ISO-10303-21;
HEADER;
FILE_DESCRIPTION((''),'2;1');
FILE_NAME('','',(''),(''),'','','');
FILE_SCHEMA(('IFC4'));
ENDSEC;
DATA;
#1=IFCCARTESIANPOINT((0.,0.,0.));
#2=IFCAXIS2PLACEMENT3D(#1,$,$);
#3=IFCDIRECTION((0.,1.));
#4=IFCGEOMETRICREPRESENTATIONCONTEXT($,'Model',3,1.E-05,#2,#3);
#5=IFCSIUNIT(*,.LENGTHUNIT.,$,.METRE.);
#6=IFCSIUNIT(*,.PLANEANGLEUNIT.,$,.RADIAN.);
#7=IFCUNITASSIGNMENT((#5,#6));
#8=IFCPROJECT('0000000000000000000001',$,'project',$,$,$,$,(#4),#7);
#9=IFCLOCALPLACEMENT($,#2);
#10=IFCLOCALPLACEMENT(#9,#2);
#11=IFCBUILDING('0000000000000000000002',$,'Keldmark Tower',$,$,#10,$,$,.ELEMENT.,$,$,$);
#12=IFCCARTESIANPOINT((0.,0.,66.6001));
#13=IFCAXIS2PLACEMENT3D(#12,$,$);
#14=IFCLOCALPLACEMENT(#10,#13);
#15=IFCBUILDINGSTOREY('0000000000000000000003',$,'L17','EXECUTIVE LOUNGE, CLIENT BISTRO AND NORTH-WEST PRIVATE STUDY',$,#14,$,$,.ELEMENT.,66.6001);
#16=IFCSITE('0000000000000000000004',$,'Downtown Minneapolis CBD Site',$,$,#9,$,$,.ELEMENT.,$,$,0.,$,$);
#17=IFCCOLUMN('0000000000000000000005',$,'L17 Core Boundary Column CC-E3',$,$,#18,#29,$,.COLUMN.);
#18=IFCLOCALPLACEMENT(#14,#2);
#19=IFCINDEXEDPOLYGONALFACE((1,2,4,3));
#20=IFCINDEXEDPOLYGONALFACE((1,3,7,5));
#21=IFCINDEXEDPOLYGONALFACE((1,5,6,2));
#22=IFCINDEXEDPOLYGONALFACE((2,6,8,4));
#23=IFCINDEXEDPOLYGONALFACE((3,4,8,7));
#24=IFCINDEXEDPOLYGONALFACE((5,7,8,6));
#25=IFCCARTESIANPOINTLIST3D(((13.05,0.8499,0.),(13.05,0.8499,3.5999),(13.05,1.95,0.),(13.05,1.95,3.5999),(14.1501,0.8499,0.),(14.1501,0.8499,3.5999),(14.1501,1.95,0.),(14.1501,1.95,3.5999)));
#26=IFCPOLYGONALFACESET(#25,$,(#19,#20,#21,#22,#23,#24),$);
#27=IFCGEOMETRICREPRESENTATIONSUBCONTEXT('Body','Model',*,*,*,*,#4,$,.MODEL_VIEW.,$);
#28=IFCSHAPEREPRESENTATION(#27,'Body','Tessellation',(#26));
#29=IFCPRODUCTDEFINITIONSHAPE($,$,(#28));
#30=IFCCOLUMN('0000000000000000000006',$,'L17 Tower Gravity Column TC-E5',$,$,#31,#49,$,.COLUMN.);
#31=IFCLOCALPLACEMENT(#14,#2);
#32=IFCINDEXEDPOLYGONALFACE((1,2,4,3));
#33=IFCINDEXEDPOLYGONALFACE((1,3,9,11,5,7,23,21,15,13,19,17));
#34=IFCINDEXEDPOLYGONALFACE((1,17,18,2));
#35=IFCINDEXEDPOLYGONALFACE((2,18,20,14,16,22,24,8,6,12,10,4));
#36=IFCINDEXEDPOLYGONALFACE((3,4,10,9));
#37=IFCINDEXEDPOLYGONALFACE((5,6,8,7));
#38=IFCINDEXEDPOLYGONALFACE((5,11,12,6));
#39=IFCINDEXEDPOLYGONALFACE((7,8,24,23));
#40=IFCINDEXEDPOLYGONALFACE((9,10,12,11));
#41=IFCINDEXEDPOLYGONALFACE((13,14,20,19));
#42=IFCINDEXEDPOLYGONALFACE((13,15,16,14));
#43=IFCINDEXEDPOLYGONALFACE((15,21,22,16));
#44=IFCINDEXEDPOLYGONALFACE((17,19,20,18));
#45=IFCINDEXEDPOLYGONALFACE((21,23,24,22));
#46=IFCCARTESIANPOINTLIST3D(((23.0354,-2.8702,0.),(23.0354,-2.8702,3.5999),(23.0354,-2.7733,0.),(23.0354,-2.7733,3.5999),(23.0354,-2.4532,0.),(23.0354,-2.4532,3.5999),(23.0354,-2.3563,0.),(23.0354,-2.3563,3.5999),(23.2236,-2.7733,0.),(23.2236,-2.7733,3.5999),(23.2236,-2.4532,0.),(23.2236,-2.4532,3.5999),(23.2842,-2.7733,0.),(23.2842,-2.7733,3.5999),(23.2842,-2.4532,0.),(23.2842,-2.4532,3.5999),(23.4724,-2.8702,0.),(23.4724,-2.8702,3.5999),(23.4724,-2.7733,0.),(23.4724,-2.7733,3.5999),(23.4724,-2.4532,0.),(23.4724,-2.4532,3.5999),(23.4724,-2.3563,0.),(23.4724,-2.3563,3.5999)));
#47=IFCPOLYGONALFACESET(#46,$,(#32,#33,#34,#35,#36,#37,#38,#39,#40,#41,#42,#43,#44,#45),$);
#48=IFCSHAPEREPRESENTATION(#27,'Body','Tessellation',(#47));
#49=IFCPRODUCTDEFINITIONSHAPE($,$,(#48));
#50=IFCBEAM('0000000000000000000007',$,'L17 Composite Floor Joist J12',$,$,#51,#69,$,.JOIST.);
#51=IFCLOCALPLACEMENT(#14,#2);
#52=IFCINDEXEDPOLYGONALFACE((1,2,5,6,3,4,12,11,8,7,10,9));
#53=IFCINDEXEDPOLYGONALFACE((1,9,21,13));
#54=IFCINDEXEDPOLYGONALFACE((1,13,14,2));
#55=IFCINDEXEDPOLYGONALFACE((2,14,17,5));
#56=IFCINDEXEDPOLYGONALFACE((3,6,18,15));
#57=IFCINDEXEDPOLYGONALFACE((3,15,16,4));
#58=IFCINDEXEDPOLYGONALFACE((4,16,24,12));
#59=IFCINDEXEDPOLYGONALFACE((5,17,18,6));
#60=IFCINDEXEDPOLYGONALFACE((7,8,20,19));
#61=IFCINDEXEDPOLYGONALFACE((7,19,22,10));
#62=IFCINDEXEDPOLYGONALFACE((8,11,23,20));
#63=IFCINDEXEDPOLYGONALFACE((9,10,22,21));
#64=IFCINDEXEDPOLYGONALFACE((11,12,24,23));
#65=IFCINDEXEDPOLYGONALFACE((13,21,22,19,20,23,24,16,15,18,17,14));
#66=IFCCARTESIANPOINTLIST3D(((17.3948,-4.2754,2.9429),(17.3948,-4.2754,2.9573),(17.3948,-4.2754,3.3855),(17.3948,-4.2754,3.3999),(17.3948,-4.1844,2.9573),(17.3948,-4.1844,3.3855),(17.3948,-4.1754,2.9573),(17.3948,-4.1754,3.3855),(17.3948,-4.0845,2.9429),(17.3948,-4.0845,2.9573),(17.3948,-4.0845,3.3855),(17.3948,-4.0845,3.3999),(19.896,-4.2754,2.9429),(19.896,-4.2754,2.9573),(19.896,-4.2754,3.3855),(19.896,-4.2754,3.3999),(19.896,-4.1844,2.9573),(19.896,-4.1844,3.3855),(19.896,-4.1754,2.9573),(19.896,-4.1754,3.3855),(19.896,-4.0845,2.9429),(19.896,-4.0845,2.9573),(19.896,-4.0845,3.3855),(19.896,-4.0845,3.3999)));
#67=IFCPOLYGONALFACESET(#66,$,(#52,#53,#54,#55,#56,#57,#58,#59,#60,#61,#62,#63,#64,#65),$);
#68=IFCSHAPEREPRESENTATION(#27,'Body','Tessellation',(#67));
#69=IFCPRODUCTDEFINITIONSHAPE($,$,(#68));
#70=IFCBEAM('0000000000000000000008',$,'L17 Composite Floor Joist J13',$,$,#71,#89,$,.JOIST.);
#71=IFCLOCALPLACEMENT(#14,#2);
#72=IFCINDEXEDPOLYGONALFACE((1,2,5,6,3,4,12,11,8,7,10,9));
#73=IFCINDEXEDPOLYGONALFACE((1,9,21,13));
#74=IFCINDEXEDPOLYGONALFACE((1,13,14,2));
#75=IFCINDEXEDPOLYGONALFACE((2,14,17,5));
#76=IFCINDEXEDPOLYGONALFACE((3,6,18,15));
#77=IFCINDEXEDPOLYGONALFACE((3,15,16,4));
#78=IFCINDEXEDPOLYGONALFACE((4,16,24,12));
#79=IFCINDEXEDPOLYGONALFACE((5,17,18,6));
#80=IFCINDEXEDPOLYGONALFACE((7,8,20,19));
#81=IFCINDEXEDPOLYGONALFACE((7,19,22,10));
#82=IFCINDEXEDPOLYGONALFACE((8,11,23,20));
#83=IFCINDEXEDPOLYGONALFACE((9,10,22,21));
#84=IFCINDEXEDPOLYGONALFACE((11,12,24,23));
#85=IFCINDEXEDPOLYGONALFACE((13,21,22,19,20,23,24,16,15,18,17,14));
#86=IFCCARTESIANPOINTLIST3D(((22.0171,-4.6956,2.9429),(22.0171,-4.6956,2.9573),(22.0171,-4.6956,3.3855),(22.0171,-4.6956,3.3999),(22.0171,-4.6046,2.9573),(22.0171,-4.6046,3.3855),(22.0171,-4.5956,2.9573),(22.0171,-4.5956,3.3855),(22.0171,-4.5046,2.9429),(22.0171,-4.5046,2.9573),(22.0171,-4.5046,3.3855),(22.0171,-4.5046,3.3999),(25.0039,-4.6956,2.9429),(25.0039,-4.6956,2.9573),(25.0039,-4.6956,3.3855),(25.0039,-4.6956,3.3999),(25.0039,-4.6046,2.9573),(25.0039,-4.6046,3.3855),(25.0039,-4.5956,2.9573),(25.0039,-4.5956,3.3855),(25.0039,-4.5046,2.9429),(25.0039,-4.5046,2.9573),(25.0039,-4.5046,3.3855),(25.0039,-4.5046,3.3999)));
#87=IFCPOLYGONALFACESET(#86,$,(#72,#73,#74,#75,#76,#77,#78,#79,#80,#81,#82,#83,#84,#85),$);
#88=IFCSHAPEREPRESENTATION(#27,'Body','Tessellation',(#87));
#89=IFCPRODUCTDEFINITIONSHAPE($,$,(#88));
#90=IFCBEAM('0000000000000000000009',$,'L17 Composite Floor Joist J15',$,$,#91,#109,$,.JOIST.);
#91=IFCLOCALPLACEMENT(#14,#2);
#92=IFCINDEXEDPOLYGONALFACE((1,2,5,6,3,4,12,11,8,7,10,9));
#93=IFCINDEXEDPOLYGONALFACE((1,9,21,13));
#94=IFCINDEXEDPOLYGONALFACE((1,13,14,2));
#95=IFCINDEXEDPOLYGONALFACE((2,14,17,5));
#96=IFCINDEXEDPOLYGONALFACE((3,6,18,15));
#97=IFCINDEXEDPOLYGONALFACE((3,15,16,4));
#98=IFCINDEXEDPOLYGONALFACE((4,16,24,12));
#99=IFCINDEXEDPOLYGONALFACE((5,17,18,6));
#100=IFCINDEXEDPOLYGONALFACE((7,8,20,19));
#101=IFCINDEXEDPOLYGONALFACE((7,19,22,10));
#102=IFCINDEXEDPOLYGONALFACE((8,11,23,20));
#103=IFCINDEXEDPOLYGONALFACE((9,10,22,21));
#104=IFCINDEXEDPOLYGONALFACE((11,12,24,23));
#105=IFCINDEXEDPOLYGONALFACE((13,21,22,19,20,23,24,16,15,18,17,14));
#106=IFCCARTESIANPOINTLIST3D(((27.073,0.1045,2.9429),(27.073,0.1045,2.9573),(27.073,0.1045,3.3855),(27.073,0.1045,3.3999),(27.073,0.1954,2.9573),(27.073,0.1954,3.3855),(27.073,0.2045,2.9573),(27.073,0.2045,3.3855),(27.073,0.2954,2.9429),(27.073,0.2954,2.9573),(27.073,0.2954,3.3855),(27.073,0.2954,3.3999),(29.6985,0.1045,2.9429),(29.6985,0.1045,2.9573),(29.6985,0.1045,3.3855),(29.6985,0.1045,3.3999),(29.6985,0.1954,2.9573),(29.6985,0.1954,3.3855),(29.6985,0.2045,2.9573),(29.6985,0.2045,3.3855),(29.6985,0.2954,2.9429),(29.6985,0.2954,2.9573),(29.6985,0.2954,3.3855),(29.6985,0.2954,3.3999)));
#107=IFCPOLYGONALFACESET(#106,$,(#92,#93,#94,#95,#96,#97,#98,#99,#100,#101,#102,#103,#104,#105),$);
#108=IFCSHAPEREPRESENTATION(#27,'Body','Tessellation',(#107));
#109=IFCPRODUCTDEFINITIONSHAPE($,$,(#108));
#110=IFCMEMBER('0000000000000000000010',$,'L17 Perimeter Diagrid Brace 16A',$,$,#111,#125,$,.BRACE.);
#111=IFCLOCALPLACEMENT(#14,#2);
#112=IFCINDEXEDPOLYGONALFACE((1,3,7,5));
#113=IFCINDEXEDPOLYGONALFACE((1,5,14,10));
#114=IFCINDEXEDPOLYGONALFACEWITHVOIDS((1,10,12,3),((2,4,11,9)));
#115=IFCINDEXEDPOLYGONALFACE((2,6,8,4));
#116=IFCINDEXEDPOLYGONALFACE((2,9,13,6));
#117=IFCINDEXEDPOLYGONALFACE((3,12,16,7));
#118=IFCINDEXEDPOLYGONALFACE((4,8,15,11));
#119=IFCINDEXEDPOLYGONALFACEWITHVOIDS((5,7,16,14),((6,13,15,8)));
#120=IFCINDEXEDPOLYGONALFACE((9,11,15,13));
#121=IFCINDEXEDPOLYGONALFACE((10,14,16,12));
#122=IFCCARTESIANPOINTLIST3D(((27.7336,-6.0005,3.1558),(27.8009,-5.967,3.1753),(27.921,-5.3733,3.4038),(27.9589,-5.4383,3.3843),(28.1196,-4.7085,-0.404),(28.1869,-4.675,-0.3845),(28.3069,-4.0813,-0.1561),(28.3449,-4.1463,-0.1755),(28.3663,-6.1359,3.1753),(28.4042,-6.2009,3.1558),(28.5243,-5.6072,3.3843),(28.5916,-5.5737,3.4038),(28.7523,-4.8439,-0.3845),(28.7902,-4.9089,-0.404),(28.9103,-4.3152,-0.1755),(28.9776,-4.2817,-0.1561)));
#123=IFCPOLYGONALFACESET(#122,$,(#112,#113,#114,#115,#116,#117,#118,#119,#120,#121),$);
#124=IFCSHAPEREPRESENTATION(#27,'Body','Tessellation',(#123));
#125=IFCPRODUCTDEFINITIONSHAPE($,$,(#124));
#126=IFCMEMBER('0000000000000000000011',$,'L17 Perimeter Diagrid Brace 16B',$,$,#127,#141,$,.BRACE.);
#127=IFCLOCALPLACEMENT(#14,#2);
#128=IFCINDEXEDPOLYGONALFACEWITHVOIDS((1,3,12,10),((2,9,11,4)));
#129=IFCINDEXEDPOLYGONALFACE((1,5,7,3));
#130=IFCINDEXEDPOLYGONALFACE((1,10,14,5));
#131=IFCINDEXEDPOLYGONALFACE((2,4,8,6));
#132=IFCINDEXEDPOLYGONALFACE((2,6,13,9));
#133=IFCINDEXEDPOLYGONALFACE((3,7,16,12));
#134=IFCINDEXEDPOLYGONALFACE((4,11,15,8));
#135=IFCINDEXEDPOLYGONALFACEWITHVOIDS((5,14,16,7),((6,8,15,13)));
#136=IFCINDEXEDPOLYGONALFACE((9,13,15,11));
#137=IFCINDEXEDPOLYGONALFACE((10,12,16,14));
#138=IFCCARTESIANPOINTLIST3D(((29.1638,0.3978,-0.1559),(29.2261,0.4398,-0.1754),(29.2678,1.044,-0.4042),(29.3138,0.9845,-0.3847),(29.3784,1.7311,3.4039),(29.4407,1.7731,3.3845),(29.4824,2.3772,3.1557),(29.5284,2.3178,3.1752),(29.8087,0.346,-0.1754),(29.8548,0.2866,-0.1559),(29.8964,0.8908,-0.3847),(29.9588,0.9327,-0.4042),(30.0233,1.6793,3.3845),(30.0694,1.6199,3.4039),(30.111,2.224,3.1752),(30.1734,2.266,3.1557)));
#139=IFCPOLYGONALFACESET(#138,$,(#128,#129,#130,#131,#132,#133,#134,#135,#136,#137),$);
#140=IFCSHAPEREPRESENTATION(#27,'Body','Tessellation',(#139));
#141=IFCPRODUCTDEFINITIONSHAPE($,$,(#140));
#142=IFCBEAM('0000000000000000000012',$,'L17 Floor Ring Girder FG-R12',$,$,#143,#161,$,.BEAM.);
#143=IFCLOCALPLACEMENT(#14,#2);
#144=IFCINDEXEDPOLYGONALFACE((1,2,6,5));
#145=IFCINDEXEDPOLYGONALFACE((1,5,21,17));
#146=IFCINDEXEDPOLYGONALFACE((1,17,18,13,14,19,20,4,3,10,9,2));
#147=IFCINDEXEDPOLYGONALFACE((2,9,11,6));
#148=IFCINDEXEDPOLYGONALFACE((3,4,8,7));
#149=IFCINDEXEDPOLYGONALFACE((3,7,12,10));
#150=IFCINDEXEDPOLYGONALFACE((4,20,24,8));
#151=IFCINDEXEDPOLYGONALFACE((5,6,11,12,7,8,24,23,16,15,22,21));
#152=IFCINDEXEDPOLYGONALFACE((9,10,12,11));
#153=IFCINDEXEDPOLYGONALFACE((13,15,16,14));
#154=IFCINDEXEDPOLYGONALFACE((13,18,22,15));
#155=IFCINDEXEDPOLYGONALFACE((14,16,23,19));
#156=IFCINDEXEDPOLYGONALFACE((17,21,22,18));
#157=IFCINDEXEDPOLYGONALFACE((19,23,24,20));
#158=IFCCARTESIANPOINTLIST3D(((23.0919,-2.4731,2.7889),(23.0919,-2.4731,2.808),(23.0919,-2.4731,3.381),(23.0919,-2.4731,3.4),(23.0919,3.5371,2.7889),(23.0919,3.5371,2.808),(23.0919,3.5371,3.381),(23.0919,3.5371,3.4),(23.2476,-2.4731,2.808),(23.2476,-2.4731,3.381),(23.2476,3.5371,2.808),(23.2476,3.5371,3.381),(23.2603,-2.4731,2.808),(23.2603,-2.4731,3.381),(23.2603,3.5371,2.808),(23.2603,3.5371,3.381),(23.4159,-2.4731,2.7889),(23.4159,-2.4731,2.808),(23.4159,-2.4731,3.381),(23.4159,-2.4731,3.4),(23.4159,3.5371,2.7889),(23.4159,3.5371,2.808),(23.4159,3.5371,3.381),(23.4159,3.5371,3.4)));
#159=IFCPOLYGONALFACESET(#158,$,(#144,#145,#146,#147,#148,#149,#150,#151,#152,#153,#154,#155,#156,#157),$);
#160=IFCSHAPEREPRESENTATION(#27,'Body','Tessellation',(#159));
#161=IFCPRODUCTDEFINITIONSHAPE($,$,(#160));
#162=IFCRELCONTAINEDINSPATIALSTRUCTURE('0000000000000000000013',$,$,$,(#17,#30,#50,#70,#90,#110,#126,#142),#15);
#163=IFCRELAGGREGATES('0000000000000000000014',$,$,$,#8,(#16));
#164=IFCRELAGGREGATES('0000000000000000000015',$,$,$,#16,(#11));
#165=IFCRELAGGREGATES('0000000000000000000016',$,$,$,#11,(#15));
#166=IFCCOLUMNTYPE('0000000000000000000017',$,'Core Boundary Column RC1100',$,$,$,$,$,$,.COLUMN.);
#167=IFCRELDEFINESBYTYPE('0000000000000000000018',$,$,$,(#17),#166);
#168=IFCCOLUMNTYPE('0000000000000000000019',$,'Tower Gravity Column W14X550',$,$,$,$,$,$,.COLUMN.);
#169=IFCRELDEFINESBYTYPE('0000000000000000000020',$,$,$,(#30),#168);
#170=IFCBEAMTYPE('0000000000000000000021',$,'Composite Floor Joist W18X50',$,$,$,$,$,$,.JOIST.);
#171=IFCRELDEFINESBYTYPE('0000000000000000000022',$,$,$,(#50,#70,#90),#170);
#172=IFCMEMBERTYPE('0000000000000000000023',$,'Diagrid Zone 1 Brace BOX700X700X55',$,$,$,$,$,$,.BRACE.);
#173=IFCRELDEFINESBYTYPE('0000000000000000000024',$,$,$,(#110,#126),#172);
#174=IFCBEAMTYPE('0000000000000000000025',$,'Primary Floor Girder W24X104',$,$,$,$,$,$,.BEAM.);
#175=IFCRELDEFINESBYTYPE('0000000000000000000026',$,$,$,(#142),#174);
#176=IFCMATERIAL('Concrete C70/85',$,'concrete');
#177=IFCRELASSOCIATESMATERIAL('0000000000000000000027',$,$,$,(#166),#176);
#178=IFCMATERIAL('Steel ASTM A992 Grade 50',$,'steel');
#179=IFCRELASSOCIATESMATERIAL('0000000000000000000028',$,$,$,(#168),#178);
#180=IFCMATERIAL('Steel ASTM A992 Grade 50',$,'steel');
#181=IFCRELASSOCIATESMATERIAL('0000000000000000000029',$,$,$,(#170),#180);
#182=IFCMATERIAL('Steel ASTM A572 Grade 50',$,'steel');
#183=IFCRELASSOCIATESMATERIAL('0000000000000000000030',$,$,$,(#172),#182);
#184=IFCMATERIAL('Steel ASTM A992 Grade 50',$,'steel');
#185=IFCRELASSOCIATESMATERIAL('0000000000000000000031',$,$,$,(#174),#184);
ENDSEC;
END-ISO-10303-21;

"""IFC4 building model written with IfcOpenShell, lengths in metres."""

from ifc_helpers import new_model, si_unit, direction, frame, origin, origin_2d, place, context, subcontext, project, spatial, rectangle, hollow_rectangle, i_section, extrude, material, material_profile, profile_set, type_object, element, save


model = new_model("IFC4")

# Units and contexts
model_context = context("Model", 3, precision=1e-05, world=origin(), true_north=direction((0.0, 1.0)))
body_context = subcontext(model_context, "Body", "Model", "MODEL_VIEW")
ifc_project = project(units=[si_unit("LENGTHUNIT", "METRE"), si_unit("PLANEANGLEUNIT", "RADIAN")], contexts=[model_context])

# Site, building, storey
site_placement = place(None, origin())
site = spatial("IfcSite", under=ifc_project, at=site_placement, Name="Downtown Minneapolis CBD Site", CompositionType="ELEMENT", RefElevation=0.0)
building_placement = place(site_placement, origin())
building = spatial("IfcBuilding", under=site, at=building_placement, Name="Keldmark Tower", CompositionType="ELEMENT")
storey_placement = place(building_placement, frame((0.0, 0.0, 66.6001)))
storey = spatial("IfcBuildingStorey", under=building, at=storey_placement, Name="L17", Description="EXECUTIVE LOUNGE, CLIENT BISTRO AND NORTH-WEST PRIVATE STUDY", CompositionType="ELEMENT", Elevation=66.6001)

# Columns
ifc_material_1 = material(Name="Concrete C70/85", Category="concrete")
ifc_material_profile_1 = material_profile(ifc_material_1, rectangle(XDim=1.1001, YDim=1.1001, at=origin_2d()), Name="RC1100X1100")
ifc_profile_set_1 = profile_set([ifc_material_profile_1], Name="Concrete C70/85")
column_type_1 = type_object("IfcColumnType", Name="Core Boundary Column RC1100", PredefinedType="COLUMN", material=ifc_profile_set_1)
column_1_placement = place(storey_placement, frame((13.6001, 1.3999, 0.0), z_axis=(0.0, 0.0, 1.0), x_axis=(1.0, 0.0, 0.0)))
element("IfcColumn", 1, at=column_1_placement, inside=storey, type_object=column_type_1, Name="L17 Core Boundary Column CC-E3", PredefinedType="COLUMN", context=body_context, shape_type="SweptSolid", body=[
    extrude(rectangle(XDim=1.1001, YDim=1.1001, at=origin_2d()), origin(), (0.0, 0.0, 1.0), 3.5999),
])
ifc_material_2 = material(Name="Steel ASTM A992 Grade 50", Category="steel")
ifc_material_profile_2 = material_profile(ifc_material_2, i_section(OverallWidth=0.437, OverallDepth=0.5139, WebThickness=0.0605, FlangeThickness=0.0969, at=origin_2d()), Name="W14X550")
ifc_profile_set_2 = profile_set([ifc_material_profile_2], Name="Steel ASTM A992 Grade 50")
column_type_2 = type_object("IfcColumnType", Name="Tower Gravity Column W14X550", PredefinedType="COLUMN", material=ifc_profile_set_2)
column_2_placement = place(storey_placement, frame((23.2539, -2.6133, 0.0), z_axis=(0.0, 0.0, 1.0), x_axis=(1.0, 0.0, 0.0)))
element("IfcColumn", 2, at=column_2_placement, inside=storey, type_object=column_type_2, Name="L17 Tower Gravity Column TC-E5", PredefinedType="COLUMN", context=body_context, shape_type="SweptSolid", body=[
    extrude(i_section(OverallWidth=0.437, OverallDepth=0.5139, WebThickness=0.0605, FlangeThickness=0.0969, at=origin_2d()), origin(), (0.0, 0.0, 1.0), 3.5999),
])

# Beams
ifc_material_3 = material(Name="Steel ASTM A992 Grade 50", Category="steel")
ifc_material_profile_3 = material_profile(ifc_material_3, i_section(OverallWidth=0.1909, OverallDepth=0.457, WebThickness=0.009, FlangeThickness=0.0144, at=origin_2d()), Name="W18X50")
ifc_profile_set_3 = profile_set([ifc_material_profile_3], Name="Steel ASTM A992 Grade 50")
beam_type_1 = type_object("IfcBeamType", Name="Composite Floor Joist W18X50", PredefinedType="JOIST", material=ifc_profile_set_3)
beam_1_placement = place(storey_placement, frame((17.3948, -4.1799, 3.1714), z_axis=(1.0, 0.0, 0.0), x_axis=(0.0, 1.0, 0.0)))
element("IfcBeam", 3, at=beam_1_placement, inside=storey, type_object=beam_type_1, Name="L17 Composite Floor Joist J12", PredefinedType="JOIST", context=body_context, shape_type="SweptSolid", body=[
    extrude(i_section(OverallWidth=0.1909, OverallDepth=0.457, WebThickness=0.009, FlangeThickness=0.0144, at=origin_2d()), origin(), (0.0, 0.0, 1.0), 2.5012),
])
beam_2_placement = place(storey_placement, frame((22.0171, -4.6001, 3.1714), z_axis=(1.0, 0.0, 0.0), x_axis=(0.0, 1.0, 0.0)))
element("IfcBeam", 4, at=beam_2_placement, inside=storey, type_object=beam_type_1, Name="L17 Composite Floor Joist J13", PredefinedType="JOIST", context=body_context, shape_type="SweptSolid", body=[
    extrude(i_section(OverallWidth=0.1909, OverallDepth=0.457, WebThickness=0.009, FlangeThickness=0.0144, at=origin_2d()), origin(), (0.0, 0.0, 1.0), 2.9868),
])
beam_3_placement = place(storey_placement, frame((27.073, 0.2, 3.1714), z_axis=(1.0, 0.0, 0.0), x_axis=(0.0, 1.0, 0.0)))
element("IfcBeam", 5, at=beam_3_placement, inside=storey, type_object=beam_type_1, Name="L17 Composite Floor Joist J15", PredefinedType="JOIST", context=body_context, shape_type="SweptSolid", body=[
    extrude(i_section(OverallWidth=0.1909, OverallDepth=0.457, WebThickness=0.009, FlangeThickness=0.0144, at=origin_2d()), origin(), (0.0, 0.0, 1.0), 2.6255),
])

# Members
ifc_material_4 = material(Name="Steel ASTM A572 Grade 50", Category="steel")
ifc_material_profile_4 = material_profile(ifc_material_4, hollow_rectangle(XDim=0.7, YDim=0.7, WallThickness=0.0549, at=origin_2d()), Name="BOX700X700X55")
ifc_profile_set_4 = profile_set([ifc_material_profile_4], Name="Steel ASTM A572 Grade 50")
member_type = type_object("IfcMemberType", Name="Diagrid Zone 1 Brace BOX700X700X55", PredefinedType="BRACE", material=ifc_profile_set_4)
member_1_placement = place(storey_placement, frame((28.5486, -4.4951, -0.28), z_axis=(-0.101398, -0.339405, 0.935159), x_axis=(0.958155, -0.286251, 0.0)))
element("IfcMember", 6, at=member_1_placement, inside=storey, type_object=member_type, Name="L17 Perimeter Diagrid Brace 16A", PredefinedType="BRACE", context=body_context, shape_type="SweptSolid", body=[
    extrude(hollow_rectangle(XDim=0.7, YDim=0.7, WallThickness=0.0549, at=origin_2d()), origin(), (0.0, 0.0, 1.0), 3.8066),
])
member_2_placement = place(storey_placement, frame((29.5613, 0.6653, -0.28), z_axis=(0.056365, 0.350179, 0.934986), x_axis=(-0.987292, 0.158914, 0.0)))
element("IfcMember", 7, at=member_2_placement, inside=storey, type_object=member_type, Name="L17 Perimeter Diagrid Brace 16B", PredefinedType="BRACE", context=body_context, shape_type="SweptSolid", body=[
    extrude(hollow_rectangle(XDim=0.7, YDim=0.7, WallThickness=0.0549, at=origin_2d()), origin(), (0.0, 0.0, 1.0), 3.8074),
])

# Beam
ifc_material_5 = material(Name="Steel ASTM A992 Grade 50", Category="steel")
ifc_material_profile_5 = material_profile(ifc_material_5, i_section(OverallWidth=0.324, OverallDepth=0.6111, WebThickness=0.0127, FlangeThickness=0.019, at=origin_2d()), Name="W24X104")
ifc_profile_set_5 = profile_set([ifc_material_profile_5], Name="Steel ASTM A992 Grade 50")
beam_type_2 = type_object("IfcBeamType", Name="Primary Floor Girder W24X104", PredefinedType="BEAM", material=ifc_profile_set_5)
beam_4_placement = place(storey_placement, frame((23.2539, -2.4731, 3.0945), z_axis=(0.0, 1.0, 0.0), x_axis=(-1.0, 0.0, 0.0)))
element("IfcBeam", 8, at=beam_4_placement, inside=storey, type_object=beam_type_2, Name="L17 Floor Ring Girder FG-R12", PredefinedType="BEAM", context=body_context, shape_type="SweptSolid", body=[
    extrude(i_section(OverallWidth=0.324, OverallDepth=0.6111, WebThickness=0.0127, FlangeThickness=0.019, at=origin_2d()), origin(), (0.0, 0.0, 1.0), 6.0103),
])

save(model, "model.ifc")
